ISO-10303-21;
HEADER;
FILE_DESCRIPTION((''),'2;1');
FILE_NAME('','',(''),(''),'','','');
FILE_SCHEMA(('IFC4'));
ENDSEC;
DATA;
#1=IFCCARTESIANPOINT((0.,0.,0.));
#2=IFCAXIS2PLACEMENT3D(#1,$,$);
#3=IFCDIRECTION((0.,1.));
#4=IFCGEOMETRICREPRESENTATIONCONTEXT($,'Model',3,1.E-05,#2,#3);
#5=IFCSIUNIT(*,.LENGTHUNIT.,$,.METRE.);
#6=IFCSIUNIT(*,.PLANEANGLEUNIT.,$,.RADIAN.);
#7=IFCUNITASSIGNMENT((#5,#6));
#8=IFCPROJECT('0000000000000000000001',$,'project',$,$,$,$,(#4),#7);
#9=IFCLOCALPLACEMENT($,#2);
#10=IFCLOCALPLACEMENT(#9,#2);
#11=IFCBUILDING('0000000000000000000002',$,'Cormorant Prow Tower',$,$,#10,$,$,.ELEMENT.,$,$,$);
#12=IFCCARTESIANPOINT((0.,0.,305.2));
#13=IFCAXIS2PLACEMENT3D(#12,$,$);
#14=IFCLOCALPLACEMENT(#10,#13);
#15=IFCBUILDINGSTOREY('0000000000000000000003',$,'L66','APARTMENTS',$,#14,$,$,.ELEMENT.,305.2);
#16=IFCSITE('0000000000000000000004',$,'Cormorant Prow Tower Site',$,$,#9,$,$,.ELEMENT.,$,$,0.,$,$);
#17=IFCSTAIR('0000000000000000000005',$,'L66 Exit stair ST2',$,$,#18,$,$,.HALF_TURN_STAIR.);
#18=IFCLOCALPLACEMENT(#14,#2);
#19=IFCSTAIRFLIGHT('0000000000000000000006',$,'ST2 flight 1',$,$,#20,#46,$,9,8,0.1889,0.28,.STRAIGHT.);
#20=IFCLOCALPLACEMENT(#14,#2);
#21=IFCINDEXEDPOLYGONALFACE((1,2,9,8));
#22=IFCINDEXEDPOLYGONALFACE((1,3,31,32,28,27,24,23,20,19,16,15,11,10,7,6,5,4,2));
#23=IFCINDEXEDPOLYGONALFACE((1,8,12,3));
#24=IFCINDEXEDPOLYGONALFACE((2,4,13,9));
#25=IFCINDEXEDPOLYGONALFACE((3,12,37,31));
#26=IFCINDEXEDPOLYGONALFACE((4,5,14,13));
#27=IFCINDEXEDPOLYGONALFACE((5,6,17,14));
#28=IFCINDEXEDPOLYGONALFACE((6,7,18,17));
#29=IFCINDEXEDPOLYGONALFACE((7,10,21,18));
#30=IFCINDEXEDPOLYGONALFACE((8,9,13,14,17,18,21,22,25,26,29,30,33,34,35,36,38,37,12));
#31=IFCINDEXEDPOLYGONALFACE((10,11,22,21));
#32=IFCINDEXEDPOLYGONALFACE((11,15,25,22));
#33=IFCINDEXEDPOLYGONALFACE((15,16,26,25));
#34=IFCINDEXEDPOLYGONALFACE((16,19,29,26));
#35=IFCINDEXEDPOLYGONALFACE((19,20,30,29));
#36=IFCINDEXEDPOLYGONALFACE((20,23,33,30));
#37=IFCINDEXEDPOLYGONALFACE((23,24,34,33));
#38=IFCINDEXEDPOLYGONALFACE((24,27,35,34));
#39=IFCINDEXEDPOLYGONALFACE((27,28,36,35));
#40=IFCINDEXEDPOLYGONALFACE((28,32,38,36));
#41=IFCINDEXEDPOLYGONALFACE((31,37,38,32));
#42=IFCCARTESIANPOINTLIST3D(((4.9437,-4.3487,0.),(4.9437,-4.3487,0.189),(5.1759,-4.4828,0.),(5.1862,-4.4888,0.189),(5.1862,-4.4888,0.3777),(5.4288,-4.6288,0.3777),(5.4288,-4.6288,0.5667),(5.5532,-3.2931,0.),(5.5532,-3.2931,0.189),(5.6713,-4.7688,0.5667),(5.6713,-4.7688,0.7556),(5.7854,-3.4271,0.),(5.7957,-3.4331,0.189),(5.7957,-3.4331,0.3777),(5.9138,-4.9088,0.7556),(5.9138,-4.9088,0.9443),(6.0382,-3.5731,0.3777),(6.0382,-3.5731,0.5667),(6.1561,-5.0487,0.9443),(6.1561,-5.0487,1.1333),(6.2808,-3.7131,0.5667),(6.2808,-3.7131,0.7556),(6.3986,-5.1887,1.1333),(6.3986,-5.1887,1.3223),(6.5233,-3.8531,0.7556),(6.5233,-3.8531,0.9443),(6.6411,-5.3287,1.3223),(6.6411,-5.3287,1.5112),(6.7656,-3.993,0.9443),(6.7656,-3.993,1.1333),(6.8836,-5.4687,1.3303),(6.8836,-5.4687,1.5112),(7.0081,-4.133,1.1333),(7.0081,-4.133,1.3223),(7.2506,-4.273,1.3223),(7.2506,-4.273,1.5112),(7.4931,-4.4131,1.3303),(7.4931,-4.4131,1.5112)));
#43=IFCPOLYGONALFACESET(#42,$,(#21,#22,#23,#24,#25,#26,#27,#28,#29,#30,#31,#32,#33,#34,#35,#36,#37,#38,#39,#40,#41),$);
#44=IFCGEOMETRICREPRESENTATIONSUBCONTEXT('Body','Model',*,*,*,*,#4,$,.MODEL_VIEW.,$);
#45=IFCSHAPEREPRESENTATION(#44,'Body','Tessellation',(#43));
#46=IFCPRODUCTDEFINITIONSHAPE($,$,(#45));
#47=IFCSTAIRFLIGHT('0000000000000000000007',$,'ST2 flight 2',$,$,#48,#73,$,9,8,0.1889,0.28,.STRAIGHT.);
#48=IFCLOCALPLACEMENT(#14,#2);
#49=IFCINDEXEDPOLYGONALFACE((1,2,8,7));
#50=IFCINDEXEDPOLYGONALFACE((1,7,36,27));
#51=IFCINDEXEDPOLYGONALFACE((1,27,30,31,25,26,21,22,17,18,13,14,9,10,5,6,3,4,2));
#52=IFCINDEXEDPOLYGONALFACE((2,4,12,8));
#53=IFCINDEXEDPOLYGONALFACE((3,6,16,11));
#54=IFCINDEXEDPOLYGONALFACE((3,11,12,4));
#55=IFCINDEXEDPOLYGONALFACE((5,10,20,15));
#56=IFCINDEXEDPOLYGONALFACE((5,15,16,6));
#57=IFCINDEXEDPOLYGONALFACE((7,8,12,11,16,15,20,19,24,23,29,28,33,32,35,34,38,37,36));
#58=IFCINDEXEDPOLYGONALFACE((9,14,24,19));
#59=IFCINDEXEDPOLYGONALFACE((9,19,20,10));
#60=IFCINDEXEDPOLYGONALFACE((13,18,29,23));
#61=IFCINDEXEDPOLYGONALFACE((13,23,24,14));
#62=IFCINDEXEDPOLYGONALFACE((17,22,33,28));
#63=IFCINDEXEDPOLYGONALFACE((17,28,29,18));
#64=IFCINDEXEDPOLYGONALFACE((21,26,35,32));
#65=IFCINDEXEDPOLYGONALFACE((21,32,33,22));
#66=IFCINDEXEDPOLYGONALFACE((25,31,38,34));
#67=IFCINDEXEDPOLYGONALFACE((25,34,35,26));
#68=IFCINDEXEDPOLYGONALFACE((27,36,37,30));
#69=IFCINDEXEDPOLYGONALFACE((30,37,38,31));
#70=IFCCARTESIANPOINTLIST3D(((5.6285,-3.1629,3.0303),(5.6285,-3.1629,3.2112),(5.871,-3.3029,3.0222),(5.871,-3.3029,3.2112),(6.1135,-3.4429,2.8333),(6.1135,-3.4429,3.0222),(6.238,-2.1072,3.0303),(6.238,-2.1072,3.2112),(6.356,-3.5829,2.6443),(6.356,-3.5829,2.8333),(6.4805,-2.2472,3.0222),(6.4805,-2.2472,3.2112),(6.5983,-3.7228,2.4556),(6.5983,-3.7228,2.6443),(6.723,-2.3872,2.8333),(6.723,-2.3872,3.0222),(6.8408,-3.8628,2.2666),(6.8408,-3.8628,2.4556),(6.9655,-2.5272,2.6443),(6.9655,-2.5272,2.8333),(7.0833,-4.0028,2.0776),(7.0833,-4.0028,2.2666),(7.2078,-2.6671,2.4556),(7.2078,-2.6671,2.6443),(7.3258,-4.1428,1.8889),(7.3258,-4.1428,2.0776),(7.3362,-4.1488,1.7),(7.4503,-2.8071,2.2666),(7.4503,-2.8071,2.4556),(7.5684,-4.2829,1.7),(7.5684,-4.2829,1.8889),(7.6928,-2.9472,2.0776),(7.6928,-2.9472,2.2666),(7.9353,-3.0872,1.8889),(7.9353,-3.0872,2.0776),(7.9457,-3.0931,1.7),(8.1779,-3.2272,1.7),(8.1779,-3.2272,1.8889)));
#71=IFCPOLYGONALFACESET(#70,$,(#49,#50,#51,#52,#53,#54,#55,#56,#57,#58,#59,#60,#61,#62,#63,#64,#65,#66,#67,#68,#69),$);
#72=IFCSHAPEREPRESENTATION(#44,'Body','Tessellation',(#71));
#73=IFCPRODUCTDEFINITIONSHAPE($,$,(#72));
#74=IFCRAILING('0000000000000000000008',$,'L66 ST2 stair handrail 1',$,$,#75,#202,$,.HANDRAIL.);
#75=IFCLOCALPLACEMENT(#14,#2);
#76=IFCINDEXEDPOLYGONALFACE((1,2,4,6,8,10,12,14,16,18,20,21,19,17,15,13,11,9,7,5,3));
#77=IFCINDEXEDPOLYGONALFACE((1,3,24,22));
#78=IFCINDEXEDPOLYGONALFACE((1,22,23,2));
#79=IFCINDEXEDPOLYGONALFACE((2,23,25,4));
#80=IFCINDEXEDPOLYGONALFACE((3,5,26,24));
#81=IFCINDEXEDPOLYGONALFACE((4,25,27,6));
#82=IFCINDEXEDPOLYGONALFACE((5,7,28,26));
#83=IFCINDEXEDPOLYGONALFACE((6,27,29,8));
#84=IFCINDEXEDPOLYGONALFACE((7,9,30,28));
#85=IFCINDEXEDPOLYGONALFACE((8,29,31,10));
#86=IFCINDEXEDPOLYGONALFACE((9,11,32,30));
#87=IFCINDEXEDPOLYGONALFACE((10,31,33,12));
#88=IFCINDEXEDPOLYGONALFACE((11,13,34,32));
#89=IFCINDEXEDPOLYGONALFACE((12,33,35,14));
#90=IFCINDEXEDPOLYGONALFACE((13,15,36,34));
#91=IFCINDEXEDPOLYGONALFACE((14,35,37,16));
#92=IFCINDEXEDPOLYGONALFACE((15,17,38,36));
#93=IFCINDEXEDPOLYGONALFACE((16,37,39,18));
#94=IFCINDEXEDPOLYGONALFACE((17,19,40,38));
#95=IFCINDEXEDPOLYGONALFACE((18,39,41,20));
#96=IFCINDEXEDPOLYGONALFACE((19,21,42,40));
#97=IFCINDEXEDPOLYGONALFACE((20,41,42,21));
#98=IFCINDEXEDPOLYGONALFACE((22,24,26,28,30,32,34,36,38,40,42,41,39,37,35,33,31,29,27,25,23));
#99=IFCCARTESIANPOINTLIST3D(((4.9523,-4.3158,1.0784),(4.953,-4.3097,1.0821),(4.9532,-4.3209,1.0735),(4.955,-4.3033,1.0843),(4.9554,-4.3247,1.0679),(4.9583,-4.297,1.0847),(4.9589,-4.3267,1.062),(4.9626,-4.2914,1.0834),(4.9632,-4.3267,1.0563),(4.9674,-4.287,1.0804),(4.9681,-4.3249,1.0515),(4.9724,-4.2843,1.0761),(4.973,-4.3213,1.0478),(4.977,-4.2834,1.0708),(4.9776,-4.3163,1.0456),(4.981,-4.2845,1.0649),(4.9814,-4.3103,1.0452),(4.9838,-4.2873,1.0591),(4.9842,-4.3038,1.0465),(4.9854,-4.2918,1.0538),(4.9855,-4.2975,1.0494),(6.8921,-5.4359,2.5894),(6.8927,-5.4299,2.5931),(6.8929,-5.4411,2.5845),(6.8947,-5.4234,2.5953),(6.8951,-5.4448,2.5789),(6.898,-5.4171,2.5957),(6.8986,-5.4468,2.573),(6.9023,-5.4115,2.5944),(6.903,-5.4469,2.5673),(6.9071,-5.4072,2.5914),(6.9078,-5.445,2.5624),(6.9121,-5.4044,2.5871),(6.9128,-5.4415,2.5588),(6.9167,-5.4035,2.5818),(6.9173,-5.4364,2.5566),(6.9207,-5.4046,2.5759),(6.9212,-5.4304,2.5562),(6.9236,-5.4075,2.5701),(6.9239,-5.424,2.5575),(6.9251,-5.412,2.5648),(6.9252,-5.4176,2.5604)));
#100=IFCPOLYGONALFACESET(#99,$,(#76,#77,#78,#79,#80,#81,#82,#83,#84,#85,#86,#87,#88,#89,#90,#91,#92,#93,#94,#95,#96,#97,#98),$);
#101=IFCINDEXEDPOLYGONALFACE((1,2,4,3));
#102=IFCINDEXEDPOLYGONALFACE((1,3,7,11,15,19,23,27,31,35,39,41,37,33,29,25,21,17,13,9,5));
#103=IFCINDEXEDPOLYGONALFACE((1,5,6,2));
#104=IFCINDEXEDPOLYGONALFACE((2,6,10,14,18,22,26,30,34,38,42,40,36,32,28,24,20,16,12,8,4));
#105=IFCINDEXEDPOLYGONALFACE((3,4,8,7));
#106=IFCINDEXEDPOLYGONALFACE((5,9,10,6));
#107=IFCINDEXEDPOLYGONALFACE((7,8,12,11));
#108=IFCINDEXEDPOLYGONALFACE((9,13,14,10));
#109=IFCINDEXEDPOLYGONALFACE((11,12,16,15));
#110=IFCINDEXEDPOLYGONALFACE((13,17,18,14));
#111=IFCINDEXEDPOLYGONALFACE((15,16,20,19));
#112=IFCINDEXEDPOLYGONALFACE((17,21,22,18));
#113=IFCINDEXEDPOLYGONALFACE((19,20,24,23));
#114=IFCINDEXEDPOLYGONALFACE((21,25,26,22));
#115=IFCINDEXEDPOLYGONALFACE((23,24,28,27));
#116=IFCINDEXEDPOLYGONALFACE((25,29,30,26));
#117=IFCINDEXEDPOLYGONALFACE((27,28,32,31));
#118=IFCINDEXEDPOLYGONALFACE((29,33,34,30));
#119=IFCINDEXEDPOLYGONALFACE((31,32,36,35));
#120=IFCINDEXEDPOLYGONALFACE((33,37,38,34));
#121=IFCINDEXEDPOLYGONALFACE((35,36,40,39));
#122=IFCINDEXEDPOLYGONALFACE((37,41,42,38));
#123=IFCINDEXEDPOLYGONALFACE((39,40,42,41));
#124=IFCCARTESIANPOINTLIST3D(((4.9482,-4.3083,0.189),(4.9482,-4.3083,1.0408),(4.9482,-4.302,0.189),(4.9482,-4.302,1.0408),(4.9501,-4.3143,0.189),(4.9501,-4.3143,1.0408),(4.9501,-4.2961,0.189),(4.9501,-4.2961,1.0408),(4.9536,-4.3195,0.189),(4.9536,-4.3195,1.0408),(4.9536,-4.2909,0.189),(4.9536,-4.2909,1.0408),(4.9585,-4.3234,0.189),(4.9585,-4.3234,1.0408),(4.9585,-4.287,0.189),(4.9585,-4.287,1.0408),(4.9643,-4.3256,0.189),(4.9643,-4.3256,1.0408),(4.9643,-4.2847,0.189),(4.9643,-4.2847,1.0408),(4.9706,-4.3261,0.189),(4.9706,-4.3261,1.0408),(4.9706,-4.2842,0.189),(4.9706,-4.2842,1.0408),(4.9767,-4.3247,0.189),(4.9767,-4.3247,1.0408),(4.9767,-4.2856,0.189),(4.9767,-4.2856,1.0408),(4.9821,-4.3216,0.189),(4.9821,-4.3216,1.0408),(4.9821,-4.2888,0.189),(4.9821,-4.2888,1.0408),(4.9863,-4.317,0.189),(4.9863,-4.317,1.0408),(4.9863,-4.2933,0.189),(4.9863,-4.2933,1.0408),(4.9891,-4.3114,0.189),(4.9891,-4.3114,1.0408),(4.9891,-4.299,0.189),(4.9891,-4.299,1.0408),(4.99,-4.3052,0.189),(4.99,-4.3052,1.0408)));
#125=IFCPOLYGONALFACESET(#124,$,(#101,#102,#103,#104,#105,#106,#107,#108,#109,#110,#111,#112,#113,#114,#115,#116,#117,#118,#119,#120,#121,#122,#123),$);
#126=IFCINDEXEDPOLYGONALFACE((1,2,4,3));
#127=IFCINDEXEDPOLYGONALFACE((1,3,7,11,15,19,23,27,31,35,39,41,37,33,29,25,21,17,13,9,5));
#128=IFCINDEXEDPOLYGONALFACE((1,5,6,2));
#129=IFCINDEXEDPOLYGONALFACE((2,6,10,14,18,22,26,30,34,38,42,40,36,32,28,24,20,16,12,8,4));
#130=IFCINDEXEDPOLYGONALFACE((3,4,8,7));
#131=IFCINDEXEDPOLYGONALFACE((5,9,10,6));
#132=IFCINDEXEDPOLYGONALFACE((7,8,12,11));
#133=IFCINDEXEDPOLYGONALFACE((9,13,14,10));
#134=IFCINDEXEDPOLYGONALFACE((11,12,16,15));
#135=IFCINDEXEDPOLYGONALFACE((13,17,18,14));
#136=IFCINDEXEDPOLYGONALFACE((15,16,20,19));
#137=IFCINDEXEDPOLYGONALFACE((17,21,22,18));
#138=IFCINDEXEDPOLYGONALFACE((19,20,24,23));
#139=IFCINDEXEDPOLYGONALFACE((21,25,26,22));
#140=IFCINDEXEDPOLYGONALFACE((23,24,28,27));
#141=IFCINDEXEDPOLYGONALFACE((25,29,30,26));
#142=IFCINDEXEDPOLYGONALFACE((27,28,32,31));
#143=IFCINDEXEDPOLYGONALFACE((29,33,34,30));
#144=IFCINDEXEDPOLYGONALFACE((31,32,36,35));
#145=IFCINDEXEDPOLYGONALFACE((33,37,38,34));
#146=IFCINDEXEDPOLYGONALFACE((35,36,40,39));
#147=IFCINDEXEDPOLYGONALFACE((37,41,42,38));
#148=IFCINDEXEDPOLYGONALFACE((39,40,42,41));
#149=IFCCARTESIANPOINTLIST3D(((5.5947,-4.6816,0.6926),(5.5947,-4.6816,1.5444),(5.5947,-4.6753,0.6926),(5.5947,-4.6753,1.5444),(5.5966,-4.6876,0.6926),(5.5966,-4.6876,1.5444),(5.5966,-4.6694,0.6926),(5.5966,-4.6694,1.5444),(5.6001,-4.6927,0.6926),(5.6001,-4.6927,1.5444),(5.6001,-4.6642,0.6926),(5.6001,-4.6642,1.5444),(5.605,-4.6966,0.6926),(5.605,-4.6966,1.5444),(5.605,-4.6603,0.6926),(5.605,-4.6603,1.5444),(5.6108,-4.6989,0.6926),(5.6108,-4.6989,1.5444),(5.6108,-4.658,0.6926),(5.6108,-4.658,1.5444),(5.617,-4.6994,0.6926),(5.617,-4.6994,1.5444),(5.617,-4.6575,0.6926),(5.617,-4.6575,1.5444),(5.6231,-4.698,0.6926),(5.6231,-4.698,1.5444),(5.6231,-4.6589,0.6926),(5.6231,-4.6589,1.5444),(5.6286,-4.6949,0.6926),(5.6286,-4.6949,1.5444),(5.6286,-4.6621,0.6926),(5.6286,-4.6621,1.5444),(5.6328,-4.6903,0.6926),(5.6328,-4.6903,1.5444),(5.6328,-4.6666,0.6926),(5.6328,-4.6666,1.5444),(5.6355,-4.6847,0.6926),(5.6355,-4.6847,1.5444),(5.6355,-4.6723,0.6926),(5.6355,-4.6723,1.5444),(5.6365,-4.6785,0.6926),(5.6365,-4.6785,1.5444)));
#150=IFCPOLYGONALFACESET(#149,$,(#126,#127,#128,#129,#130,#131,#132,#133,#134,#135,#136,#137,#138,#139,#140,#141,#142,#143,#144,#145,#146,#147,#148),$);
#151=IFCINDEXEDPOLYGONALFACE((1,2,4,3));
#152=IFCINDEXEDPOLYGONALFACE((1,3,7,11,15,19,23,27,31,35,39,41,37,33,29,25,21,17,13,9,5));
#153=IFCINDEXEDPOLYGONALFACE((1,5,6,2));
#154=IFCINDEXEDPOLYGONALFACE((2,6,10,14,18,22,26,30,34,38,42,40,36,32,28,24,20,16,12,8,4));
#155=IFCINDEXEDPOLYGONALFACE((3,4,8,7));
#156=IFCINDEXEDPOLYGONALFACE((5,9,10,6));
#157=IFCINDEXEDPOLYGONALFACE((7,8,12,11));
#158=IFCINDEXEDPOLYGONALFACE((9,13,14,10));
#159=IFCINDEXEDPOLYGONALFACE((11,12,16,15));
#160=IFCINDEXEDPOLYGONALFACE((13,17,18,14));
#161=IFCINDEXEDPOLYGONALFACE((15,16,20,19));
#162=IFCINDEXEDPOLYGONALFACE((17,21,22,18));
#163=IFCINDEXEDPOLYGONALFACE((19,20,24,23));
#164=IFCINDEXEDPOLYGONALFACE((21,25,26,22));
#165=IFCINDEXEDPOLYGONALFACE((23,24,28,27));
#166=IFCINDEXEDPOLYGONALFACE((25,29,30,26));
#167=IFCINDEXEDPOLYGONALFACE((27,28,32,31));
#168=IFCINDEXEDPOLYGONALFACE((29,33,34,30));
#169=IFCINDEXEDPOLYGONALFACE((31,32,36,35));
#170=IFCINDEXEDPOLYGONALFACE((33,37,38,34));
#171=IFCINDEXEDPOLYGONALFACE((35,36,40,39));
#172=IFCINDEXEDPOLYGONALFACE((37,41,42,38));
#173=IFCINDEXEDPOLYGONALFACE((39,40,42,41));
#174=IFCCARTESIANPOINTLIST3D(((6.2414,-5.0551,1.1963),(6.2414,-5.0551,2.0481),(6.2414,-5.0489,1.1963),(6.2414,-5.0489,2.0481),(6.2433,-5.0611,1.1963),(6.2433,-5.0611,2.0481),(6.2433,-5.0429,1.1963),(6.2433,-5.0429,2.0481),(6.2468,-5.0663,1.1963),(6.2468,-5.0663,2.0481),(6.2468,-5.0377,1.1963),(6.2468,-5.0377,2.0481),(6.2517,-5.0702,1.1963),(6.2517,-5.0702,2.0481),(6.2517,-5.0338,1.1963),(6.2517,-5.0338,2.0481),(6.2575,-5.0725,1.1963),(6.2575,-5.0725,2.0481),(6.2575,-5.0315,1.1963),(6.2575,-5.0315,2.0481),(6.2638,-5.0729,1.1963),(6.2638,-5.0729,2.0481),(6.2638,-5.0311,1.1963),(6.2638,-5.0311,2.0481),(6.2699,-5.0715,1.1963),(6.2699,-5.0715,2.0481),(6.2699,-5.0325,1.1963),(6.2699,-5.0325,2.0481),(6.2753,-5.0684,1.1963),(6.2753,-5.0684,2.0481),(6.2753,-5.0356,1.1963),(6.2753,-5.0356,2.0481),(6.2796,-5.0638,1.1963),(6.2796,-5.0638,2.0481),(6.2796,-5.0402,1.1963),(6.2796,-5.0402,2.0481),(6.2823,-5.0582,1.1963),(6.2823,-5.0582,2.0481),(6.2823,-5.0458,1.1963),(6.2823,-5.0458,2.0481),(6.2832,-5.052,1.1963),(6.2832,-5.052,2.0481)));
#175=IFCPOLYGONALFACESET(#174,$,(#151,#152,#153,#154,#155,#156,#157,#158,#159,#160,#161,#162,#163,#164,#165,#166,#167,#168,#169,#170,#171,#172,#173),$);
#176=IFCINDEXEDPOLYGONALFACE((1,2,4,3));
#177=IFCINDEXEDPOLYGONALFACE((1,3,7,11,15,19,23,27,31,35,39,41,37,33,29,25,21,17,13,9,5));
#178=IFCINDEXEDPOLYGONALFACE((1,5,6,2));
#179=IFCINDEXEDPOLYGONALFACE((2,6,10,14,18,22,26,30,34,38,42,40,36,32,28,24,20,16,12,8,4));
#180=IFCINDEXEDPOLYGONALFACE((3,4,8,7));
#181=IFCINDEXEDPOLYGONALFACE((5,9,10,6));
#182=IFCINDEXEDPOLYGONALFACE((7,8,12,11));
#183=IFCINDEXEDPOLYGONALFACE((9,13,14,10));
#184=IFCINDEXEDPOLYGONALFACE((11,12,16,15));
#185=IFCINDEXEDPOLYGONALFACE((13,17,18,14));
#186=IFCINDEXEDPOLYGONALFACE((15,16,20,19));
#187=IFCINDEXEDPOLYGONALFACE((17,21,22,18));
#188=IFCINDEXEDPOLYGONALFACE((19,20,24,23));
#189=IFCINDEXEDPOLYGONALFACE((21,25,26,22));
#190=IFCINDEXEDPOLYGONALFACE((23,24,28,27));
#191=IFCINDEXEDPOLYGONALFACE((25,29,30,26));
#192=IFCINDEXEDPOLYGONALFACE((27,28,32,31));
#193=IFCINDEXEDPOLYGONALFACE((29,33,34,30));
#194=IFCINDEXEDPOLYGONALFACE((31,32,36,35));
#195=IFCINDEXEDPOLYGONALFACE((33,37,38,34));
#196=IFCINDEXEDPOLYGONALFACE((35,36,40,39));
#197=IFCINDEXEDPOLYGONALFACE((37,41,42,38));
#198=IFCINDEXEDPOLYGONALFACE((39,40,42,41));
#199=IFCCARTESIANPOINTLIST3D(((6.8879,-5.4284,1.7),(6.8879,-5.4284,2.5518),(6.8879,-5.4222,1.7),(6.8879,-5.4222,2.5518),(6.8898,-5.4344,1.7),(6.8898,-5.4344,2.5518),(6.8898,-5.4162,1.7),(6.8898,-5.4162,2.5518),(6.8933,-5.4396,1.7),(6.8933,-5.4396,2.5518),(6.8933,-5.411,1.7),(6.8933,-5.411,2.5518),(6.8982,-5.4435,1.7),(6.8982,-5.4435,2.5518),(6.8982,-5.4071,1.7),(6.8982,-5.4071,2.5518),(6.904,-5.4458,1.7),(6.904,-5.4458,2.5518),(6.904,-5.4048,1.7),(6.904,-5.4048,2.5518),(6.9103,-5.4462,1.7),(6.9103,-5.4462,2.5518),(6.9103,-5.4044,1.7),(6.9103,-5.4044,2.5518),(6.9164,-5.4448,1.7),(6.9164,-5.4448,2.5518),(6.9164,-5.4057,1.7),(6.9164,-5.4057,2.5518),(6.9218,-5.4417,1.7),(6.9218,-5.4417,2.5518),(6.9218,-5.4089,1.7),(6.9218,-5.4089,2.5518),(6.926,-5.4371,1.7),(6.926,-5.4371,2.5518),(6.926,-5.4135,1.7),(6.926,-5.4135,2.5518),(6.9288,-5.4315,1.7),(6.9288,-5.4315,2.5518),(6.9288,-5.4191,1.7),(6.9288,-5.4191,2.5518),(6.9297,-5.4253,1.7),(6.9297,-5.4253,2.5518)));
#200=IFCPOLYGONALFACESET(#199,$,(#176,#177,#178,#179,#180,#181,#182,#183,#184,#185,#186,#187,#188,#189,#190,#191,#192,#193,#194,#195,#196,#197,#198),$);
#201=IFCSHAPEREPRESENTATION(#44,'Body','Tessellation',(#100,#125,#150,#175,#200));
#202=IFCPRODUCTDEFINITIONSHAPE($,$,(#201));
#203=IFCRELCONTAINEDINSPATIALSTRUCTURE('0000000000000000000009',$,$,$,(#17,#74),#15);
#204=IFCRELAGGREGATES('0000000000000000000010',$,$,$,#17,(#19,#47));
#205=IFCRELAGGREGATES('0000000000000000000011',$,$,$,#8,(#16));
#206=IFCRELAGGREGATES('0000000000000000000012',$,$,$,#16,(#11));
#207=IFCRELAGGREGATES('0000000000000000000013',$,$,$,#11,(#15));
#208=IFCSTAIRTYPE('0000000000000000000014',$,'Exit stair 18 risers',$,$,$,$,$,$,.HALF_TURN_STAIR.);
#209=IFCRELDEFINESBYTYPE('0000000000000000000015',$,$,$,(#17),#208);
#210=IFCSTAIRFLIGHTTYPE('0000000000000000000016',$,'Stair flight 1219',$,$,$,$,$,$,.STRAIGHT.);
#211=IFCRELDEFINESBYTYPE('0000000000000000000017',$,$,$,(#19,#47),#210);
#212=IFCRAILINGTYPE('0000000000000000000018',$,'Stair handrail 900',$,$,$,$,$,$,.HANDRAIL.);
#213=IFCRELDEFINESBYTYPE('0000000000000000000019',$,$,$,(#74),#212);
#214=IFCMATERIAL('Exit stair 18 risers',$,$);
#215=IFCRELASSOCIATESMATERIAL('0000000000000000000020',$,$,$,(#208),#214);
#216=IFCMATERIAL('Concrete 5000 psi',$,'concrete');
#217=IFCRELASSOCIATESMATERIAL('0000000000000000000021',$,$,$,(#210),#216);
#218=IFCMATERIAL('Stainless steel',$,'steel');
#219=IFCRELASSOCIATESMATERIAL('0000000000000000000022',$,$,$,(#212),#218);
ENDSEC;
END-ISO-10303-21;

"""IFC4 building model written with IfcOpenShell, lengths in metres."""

from ifc_helpers import new_model, si_unit, direction, frame, origin, origin_2d, place, context, subcontext, project, spatial, polyline, circle, outline, extrude, material, type_object, element, aggregate, save


model = new_model("IFC4")

# Units and contexts
model_context = context("Model", 3, precision=1e-05, world=origin(), true_north=direction((0.0, 1.0)))
body_context = subcontext(model_context, "Body", "Model", "MODEL_VIEW")
ifc_project = project(units=[si_unit("LENGTHUNIT", "METRE"), si_unit("PLANEANGLEUNIT", "RADIAN")], contexts=[model_context])

# Site, building, storey
site_placement = place(None, origin())
site = spatial("IfcSite", under=ifc_project, at=site_placement, Name="Cormorant Prow Tower Site", CompositionType="ELEMENT", RefElevation=0.0)
building_placement = place(site_placement, origin())
building = spatial("IfcBuilding", under=site, at=building_placement, Name="Cormorant Prow Tower", CompositionType="ELEMENT")
storey_placement = place(building_placement, frame((0.0, 0.0, 305.2)))
storey = spatial("IfcBuildingStorey", under=building, at=storey_placement, Name="L66", Description="APARTMENTS", CompositionType="ELEMENT", Elevation=305.2)

# Stair, stair flights
ifc_material_1 = material(Name="Exit stair 18 risers")
stair_type = type_object("IfcStairType", Name="Exit stair 18 risers", PredefinedType="HALF_TURN_STAIR", material=ifc_material_1)
stair_placement = place(storey_placement, origin())
stair = element("IfcStair", 1, at=stair_placement, inside=storey, type_object=stair_type, Name="L66 Exit stair ST2", PredefinedType="HALF_TURN_STAIR")
ifc_material_2 = material(Name="Concrete 5000 psi", Category="concrete")
stair_flight_type = type_object("IfcStairFlightType", Name="Stair flight 1219", PredefinedType="STRAIGHT", material=ifc_material_2)
stair_flight_1_placement = place(storey_placement, frame((5.2485, -3.8208, 0.0), z_axis=(0.0, 0.0, 1.0), x_axis=(0.866025, -0.5, 0.0)))
stair_flight_1 = element("IfcStairFlight", 2, at=stair_flight_1_placement, type_object=stair_flight_type, Name="ST2 flight 1", NumberOfRisers=9, NumberOfTreads=8, PredefinedType="STRAIGHT", RiserHeight=0.1889, TreadLength=0.28, context=body_context, shape_type="SweptSolid", body=[
    extrude(outline(polyline([(0.0, 0.0), (0.0, 0.189), (0.28, 0.189), (0.28, 0.3777), (0.5601, 0.3777), (0.5601, 0.5667), (0.8401, 0.5667), (0.8401, 0.7556), (1.1201, 0.7556), (1.1201, 0.9443), (1.3999, 0.9443), (1.3999, 1.1333), (1.6799, 1.1333), (1.6799, 1.3223), (1.96, 1.3223), (1.96, 1.5112), (2.24, 1.5112), (2.24, 1.7), (2.24, 1.3303), (0.2681, 0.0), (0.0, 0.0)])), frame((0.0, 0.6094, 0.0), z_axis=(0.0, -1.0, 0.0), x_axis=(1.0, 0.0, 0.0)), (0.0, 0.0, 1.0), 1.219),
])
stair_flight_2_placement = place(storey_placement, frame((7.873, -3.7551, 1.7), z_axis=(0.0, 0.0, 1.0), x_axis=(-0.866025, 0.5, 0.0)))
stair_flight_2 = element("IfcStairFlight", 3, at=stair_flight_2_placement, type_object=stair_flight_type, Name="ST2 flight 2", NumberOfRisers=9, NumberOfTreads=8, PredefinedType="STRAIGHT", RiserHeight=0.1889, TreadLength=0.28, context=body_context, shape_type="SweptSolid", body=[
    extrude(outline(polyline([(0.0, 0.0), (0.0, 0.189), (0.28, 0.189), (0.28, 0.3777), (0.5601, 0.3777), (0.5601, 0.5667), (0.8401, 0.5667), (0.8401, 0.7556), (1.1201, 0.7556), (1.1201, 0.9443), (1.3999, 0.9443), (1.3999, 1.1333), (1.6799, 1.1333), (1.6799, 1.3223), (1.96, 1.3223), (1.96, 1.5112), (2.24, 1.5112), (2.24, 1.7), (2.24, 1.3303), (0.2681, 0.0), (0.0, 0.0)])), frame((0.0, 0.6094, 0.0), z_axis=(0.0, -1.0, 0.0), x_axis=(1.0, 0.0, 0.0)), (0.0, 0.0, 1.0), 1.219),
])
aggregate(stair, [stair_flight_1, stair_flight_2])

# Railing
ifc_material_3 = material(Name="Stainless steel", Category="steel")
railing_type = type_object("IfcRailingType", Name="Stair handrail 900", PredefinedType="HANDRAIL", material=ifc_material_3)
railing_placement = place(storey_placement, frame((4.969, -4.3052, 0.189)))
element("IfcRailing", 4, at=railing_placement, inside=storey, type_object=railing_type, Name="L66 ST2 stair handrail 1", PredefinedType="HANDRAIL", context=body_context, shape_type="SweptSolid", body=[
    extrude(circle(Radius=0.0239, at=origin_2d()), frame((0.0, 0.0, 0.876), z_axis=(0.717906, -0.414569, 0.559235), x_axis=(0.500078, 0.86598, 0.0)), (0.0, 0.0, 1.0), 2.7019),
    extrude(circle(Radius=0.021, at=origin_2d()), origin(), (0.0, 0.0, 1.0), 0.8518),
    extrude(circle(Radius=0.021, at=origin_2d()), frame((0.6465, -0.3733, 0.5037)), (0.0, 0.0, 1.0), 0.8518),
    extrude(circle(Radius=0.021, at=origin_2d()), frame((1.2932, -0.7468, 1.0073)), (0.0, 0.0, 1.0), 0.8518),
    extrude(circle(Radius=0.021, at=origin_2d()), frame((1.9397, -1.1201, 1.511)), (0.0, 0.0, 1.0), 0.8518),
])

save(model, "model.ifc")
